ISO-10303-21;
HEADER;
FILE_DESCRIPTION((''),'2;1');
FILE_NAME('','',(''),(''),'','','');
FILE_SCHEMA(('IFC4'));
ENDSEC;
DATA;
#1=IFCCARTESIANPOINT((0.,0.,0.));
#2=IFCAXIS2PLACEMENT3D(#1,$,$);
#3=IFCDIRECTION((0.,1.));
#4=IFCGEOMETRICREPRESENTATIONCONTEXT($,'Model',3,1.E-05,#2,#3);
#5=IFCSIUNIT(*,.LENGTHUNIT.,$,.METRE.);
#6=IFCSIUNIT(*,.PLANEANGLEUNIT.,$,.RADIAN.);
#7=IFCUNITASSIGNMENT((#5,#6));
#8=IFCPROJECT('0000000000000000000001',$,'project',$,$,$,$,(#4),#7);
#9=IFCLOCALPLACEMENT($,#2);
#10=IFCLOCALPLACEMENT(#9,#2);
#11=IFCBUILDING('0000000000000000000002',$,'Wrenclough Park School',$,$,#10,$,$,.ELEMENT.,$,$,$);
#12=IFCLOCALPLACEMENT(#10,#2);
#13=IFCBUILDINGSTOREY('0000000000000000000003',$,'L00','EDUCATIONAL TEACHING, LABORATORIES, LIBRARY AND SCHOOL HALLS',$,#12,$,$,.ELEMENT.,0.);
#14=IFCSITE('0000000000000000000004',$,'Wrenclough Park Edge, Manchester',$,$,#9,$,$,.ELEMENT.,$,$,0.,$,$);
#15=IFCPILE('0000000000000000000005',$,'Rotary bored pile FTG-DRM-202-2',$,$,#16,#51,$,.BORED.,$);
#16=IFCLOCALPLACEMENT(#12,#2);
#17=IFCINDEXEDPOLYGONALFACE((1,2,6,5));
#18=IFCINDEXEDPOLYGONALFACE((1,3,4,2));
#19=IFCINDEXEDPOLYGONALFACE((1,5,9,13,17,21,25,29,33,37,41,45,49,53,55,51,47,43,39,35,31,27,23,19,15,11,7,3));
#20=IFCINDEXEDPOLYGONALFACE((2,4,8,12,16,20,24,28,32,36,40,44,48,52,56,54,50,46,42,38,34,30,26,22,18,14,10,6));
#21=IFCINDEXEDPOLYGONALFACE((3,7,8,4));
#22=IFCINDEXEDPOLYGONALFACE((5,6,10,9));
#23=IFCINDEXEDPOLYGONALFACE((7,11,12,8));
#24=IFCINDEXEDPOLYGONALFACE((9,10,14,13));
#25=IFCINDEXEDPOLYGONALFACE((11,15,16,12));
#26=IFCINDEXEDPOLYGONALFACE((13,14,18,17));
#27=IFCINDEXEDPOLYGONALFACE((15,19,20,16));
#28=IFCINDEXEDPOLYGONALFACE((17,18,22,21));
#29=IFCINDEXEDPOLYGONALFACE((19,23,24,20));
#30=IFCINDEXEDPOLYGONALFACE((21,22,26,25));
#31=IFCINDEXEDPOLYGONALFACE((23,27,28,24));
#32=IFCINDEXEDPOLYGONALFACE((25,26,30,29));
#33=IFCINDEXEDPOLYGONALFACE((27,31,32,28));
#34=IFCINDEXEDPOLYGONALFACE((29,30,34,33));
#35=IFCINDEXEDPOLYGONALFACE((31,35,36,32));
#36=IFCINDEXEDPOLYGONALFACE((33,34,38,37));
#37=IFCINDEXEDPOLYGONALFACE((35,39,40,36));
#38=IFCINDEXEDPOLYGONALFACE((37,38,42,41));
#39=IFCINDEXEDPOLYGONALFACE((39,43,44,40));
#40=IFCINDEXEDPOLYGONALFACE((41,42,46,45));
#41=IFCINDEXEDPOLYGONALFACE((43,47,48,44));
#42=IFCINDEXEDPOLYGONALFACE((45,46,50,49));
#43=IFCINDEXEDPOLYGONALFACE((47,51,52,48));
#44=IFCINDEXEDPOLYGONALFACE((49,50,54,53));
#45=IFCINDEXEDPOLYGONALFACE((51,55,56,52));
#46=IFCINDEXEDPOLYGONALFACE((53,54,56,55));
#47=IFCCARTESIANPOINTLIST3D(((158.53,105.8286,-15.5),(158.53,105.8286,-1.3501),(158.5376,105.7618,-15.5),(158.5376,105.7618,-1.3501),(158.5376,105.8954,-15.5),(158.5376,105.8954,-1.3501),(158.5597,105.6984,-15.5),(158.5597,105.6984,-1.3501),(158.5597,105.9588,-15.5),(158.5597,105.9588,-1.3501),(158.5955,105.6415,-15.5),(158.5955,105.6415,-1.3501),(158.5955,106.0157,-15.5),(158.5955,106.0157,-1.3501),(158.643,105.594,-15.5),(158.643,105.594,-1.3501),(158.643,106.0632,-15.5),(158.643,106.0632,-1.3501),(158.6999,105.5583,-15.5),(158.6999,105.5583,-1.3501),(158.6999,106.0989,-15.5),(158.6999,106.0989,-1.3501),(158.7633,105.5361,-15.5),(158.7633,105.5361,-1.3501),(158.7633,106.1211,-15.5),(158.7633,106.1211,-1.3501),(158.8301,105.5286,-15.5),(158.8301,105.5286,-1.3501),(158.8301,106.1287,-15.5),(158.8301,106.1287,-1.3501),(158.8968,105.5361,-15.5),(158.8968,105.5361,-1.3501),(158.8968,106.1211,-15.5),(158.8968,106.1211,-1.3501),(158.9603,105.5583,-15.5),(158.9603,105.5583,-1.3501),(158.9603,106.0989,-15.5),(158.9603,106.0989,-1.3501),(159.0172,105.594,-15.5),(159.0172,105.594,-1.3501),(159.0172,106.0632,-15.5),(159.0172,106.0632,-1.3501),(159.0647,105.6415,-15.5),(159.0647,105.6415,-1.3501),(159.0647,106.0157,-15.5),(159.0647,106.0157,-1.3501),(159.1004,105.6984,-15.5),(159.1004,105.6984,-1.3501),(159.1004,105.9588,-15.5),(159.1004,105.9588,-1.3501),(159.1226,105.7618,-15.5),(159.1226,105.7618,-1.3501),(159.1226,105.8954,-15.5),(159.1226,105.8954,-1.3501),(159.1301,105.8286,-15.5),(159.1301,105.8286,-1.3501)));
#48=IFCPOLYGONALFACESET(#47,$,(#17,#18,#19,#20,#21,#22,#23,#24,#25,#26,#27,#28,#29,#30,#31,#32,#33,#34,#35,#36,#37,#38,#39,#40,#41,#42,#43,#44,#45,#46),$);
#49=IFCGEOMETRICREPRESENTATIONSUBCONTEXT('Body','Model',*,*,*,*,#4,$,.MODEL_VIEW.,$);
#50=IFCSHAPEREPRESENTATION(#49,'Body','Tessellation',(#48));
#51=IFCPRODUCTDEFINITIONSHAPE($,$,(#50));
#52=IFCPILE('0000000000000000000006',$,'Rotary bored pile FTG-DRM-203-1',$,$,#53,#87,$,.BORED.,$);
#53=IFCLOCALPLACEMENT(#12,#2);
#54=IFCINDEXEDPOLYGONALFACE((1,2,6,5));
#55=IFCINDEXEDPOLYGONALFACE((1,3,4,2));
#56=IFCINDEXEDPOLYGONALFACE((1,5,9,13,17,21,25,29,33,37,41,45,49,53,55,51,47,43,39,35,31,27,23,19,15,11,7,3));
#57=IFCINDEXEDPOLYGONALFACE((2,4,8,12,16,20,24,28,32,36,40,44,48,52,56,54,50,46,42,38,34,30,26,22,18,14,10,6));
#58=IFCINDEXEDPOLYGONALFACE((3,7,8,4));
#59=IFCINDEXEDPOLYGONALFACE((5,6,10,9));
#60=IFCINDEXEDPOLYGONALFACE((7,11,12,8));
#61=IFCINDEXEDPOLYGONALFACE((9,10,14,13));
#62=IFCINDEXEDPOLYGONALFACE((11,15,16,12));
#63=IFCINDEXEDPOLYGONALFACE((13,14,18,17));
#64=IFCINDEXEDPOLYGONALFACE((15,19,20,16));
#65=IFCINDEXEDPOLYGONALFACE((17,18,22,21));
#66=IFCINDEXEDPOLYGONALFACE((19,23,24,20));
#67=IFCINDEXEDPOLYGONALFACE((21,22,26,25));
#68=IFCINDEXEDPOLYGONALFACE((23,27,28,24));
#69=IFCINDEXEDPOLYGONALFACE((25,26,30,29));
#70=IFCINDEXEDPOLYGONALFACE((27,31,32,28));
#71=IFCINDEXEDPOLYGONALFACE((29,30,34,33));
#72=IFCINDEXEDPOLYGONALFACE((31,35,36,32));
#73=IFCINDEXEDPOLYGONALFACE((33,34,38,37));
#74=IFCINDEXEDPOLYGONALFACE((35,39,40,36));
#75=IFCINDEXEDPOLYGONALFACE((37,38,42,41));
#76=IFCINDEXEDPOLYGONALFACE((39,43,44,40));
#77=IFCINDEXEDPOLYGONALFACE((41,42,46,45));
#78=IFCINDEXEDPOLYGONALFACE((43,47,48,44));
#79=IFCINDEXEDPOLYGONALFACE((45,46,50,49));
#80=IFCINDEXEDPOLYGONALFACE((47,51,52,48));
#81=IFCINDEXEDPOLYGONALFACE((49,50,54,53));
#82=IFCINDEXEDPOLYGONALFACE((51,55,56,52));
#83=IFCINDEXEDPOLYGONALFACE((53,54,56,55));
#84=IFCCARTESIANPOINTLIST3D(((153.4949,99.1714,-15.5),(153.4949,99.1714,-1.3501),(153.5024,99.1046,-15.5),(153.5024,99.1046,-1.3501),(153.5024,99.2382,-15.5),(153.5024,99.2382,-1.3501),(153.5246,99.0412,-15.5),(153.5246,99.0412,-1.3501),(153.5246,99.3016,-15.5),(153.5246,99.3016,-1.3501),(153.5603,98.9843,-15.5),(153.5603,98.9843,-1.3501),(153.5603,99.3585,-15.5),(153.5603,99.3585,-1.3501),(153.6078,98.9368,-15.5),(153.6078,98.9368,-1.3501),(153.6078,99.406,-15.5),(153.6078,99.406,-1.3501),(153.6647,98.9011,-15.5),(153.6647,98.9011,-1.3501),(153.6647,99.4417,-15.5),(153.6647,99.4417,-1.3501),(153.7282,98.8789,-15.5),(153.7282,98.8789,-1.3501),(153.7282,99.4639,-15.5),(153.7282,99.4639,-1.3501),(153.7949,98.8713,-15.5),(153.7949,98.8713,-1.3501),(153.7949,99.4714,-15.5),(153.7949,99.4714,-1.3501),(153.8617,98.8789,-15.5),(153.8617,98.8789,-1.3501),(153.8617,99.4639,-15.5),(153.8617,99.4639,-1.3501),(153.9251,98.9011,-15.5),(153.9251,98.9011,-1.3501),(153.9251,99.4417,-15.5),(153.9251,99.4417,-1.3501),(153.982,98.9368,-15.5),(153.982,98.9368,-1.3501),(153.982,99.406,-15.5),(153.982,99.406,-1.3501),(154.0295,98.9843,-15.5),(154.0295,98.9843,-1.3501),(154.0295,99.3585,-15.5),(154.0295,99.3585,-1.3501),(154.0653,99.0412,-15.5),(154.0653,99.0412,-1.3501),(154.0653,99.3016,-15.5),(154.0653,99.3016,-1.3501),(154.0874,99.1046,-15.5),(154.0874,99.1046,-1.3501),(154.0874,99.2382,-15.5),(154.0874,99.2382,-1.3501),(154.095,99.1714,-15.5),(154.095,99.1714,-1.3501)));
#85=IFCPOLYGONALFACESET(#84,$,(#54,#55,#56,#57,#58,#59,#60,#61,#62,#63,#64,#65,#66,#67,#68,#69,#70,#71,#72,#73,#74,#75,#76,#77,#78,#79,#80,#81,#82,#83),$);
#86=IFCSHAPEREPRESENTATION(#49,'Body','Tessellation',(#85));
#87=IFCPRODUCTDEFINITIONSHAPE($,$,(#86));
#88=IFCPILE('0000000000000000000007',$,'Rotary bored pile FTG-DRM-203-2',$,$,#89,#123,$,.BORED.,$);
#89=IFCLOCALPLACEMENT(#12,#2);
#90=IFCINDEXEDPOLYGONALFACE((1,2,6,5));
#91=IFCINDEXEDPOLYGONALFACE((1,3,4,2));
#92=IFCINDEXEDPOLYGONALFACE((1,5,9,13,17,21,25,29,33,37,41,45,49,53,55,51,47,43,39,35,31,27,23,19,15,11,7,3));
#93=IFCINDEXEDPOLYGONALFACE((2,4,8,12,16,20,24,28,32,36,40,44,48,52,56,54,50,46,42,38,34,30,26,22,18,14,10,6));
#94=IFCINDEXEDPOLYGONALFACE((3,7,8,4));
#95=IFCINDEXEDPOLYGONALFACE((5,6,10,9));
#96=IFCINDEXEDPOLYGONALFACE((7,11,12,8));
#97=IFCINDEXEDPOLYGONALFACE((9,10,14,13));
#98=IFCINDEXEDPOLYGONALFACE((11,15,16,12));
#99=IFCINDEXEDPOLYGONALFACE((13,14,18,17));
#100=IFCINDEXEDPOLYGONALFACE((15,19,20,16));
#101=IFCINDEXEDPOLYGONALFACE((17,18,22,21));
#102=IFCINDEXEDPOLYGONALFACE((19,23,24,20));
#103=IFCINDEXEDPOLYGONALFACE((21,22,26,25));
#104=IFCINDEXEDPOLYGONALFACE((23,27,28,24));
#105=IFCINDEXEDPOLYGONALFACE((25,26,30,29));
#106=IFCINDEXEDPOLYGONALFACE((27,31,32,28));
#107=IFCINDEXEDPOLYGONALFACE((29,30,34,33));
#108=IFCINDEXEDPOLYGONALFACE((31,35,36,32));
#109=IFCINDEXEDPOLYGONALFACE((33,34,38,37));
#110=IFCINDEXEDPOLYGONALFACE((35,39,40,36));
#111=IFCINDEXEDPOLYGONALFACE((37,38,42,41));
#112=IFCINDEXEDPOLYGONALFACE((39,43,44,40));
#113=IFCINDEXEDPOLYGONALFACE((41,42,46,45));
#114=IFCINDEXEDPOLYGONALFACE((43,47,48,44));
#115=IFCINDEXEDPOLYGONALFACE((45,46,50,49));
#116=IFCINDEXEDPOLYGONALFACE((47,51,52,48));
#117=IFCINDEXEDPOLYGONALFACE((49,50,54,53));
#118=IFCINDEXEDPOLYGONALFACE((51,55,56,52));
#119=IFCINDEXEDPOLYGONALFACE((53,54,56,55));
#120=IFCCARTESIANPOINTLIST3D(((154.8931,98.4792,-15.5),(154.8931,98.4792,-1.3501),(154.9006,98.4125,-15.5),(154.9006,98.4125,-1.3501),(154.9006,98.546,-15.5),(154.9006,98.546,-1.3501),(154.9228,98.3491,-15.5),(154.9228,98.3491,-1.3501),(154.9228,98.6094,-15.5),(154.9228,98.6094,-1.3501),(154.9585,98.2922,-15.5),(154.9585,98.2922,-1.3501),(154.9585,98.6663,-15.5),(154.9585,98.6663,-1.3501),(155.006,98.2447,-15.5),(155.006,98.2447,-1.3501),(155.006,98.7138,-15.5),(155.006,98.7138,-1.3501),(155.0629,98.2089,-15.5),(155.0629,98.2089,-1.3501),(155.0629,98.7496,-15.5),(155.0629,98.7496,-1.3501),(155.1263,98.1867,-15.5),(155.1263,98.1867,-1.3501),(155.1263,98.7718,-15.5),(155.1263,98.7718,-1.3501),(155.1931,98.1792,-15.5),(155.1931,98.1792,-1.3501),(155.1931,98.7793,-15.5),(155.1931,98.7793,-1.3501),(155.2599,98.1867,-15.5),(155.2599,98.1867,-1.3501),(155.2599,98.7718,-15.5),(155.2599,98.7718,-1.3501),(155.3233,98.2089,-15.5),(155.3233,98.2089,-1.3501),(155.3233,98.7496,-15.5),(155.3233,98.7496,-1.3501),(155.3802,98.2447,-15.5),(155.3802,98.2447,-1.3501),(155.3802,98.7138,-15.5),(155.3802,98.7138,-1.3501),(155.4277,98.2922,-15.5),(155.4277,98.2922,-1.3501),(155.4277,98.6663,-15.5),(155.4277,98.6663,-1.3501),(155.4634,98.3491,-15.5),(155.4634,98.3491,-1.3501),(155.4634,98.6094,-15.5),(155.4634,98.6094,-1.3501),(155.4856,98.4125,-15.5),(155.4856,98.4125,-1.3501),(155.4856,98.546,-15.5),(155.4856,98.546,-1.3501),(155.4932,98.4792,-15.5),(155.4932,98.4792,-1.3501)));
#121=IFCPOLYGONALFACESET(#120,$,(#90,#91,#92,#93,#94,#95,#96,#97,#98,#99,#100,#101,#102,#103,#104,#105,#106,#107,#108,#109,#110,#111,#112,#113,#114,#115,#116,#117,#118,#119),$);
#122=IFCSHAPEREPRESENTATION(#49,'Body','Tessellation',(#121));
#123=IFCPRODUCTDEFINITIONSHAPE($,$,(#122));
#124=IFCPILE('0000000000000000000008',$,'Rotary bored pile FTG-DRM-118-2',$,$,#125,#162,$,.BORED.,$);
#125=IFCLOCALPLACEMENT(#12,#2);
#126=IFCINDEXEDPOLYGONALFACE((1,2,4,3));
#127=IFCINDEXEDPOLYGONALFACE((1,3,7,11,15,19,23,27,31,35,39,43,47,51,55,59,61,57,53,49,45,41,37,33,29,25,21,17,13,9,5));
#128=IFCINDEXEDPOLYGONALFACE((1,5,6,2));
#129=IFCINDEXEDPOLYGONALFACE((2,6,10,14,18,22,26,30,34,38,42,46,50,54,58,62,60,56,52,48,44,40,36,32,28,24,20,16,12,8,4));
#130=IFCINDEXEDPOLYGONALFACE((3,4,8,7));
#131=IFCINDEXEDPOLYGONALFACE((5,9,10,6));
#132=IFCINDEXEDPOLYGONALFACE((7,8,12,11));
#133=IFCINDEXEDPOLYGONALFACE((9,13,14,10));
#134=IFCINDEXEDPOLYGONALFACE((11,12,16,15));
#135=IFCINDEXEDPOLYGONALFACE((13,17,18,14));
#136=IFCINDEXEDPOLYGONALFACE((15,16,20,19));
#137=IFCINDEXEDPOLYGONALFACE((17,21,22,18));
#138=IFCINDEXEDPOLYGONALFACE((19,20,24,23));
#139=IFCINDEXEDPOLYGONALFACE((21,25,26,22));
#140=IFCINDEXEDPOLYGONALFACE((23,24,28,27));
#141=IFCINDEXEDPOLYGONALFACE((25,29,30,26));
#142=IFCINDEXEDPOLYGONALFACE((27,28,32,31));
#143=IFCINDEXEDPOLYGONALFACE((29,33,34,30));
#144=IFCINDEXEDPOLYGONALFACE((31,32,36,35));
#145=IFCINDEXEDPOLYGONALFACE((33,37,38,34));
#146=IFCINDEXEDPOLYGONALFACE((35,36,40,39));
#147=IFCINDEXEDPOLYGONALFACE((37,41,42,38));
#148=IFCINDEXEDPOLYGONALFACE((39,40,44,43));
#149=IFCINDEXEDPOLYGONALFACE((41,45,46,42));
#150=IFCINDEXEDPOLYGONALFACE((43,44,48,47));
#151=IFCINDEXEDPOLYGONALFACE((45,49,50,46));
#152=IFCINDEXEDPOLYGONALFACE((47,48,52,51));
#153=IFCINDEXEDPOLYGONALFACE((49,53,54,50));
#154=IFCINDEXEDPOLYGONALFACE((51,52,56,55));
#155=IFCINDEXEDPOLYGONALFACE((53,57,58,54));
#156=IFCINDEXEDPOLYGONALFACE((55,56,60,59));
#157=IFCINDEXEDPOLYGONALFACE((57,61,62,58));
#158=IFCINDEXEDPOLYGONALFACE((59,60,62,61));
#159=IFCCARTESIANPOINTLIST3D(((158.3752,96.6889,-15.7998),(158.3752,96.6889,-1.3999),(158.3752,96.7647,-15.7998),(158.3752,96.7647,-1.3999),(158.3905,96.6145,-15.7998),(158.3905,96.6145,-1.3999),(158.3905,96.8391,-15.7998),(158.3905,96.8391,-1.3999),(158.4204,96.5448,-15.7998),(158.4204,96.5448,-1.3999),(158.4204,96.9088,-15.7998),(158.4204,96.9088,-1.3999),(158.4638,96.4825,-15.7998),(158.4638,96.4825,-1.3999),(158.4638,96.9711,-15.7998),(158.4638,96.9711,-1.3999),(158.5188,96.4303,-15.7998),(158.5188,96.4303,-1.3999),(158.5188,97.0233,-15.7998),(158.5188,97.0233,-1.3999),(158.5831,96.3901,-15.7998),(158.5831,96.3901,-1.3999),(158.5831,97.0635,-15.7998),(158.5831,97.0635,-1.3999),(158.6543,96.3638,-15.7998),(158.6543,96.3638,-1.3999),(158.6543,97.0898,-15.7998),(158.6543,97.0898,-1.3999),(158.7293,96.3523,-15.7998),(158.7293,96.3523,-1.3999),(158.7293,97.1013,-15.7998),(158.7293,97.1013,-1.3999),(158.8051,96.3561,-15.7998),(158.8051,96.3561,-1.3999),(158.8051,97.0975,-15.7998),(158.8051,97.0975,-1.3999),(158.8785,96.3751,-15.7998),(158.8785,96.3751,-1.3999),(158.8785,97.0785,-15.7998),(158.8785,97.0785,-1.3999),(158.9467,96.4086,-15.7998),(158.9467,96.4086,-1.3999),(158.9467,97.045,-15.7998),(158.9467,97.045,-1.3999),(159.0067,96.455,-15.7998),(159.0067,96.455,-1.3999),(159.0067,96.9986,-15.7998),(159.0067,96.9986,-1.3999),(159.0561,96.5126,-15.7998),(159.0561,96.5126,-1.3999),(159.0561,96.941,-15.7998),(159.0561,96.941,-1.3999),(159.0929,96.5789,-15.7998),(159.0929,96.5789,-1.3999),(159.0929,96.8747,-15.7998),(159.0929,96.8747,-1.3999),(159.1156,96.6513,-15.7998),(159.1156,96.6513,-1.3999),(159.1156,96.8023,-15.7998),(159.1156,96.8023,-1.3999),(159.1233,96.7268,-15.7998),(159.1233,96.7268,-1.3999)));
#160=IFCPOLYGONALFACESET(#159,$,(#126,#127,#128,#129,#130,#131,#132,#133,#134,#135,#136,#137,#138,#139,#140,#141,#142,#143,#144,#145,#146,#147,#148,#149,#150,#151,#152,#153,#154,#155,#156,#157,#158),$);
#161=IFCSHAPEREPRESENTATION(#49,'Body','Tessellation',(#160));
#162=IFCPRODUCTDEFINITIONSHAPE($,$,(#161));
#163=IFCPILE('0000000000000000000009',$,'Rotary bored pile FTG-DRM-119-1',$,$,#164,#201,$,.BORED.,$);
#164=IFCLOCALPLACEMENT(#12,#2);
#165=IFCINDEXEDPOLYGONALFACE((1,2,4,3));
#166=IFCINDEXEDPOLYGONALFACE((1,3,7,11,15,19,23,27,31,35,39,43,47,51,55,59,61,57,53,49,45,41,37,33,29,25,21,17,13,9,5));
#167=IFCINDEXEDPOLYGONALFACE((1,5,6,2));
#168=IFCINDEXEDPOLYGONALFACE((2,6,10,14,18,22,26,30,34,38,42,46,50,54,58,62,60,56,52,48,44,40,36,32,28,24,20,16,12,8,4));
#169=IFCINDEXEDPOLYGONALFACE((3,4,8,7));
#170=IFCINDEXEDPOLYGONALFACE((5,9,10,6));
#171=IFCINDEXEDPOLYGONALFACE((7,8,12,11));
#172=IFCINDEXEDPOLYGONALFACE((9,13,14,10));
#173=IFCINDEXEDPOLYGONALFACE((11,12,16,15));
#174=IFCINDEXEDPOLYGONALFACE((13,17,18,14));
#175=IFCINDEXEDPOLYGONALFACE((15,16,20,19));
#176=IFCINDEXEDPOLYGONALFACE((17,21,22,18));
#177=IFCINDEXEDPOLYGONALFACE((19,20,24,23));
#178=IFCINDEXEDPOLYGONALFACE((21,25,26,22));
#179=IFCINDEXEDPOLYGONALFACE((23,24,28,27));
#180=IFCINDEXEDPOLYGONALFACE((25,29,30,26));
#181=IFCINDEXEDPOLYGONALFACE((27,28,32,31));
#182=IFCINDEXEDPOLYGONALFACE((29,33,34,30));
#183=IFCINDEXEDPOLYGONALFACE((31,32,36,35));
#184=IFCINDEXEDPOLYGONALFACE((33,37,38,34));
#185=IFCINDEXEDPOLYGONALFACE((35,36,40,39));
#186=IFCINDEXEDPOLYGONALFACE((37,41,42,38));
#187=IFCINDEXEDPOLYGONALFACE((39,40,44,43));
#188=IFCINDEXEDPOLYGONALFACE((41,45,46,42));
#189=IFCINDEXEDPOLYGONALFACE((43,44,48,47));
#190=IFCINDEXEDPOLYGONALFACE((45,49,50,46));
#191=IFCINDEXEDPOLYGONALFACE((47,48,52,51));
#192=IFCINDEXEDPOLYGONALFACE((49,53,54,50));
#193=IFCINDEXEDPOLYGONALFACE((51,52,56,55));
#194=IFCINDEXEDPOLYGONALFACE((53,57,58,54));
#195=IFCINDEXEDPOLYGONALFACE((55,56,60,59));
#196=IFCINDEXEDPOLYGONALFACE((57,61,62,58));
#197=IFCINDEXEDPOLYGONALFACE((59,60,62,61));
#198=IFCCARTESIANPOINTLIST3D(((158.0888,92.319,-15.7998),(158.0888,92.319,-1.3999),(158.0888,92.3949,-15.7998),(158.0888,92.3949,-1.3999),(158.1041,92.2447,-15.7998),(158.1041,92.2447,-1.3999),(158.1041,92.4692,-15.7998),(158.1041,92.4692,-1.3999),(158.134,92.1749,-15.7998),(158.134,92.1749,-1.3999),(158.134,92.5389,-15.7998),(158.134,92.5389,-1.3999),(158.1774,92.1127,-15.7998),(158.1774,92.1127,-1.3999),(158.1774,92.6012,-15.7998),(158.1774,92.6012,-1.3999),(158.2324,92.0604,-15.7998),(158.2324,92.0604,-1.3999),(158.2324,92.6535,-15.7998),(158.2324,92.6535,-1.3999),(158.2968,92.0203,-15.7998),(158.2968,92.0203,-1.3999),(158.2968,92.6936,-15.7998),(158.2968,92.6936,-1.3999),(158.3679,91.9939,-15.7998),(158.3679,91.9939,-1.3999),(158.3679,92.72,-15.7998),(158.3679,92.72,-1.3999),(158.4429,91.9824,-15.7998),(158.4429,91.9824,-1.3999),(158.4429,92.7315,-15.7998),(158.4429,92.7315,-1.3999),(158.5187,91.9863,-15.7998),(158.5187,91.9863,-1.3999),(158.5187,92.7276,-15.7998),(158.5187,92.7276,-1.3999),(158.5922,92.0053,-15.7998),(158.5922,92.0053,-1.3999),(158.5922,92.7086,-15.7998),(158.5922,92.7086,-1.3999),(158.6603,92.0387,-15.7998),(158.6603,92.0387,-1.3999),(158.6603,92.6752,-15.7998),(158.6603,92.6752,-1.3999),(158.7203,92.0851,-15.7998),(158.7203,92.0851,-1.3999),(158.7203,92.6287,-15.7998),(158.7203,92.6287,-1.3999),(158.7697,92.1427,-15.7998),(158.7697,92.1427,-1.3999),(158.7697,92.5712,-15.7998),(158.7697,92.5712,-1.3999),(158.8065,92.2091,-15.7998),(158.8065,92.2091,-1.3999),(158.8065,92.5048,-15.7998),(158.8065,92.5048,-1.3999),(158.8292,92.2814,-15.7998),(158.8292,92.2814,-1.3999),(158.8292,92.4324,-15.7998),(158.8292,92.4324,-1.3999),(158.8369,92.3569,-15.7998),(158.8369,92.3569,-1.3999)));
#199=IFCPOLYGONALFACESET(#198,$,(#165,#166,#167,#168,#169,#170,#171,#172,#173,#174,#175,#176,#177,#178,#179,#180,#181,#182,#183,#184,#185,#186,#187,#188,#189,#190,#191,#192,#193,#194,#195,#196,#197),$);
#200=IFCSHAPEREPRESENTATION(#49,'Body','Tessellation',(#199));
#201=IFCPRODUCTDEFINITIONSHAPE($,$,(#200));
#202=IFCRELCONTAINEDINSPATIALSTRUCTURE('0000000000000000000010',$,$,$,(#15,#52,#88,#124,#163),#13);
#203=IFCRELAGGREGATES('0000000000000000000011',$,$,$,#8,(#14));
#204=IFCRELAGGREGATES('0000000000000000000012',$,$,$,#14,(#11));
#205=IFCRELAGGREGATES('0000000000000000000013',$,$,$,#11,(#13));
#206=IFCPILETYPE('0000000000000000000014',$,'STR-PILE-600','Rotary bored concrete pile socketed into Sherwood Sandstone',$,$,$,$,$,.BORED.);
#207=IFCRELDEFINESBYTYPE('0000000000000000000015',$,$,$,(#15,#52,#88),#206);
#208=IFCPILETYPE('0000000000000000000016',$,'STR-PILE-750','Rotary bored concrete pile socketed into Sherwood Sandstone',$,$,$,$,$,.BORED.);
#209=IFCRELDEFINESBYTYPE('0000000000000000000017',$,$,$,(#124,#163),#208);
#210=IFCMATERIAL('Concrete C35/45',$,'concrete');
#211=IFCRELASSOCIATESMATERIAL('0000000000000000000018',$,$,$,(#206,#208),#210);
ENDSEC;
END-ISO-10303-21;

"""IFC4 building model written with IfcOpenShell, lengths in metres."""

from ifc_helpers import new_model, si_unit, direction, frame, origin, origin_2d, place, context, subcontext, project, spatial, circle, extrude, material, material_profile, profile_set, type_object, element, save


model = new_model("IFC4")

# Units and contexts
model_context = context("Model", 3, precision=1e-05, world=origin(), true_north=direction((0.0, 1.0)))
body_context = subcontext(model_context, "Body", "Model", "MODEL_VIEW")
ifc_project = project(units=[si_unit("LENGTHUNIT", "METRE"), si_unit("PLANEANGLEUNIT", "RADIAN")], contexts=[model_context])

# Site, building, storey
site_placement = place(None, origin())
site = spatial("IfcSite", under=ifc_project, at=site_placement, Name="Wrenclough Park Edge, Manchester", CompositionType="ELEMENT", RefElevation=0.0)
building_placement = place(site_placement, origin())
building = spatial("IfcBuilding", under=site, at=building_placement, Name="Wrenclough Park School", CompositionType="ELEMENT")
storey_placement = place(building_placement, origin())
storey = spatial("IfcBuildingStorey", under=building, at=storey_placement, Name="L00", Description="EDUCATIONAL TEACHING, LABORATORIES, LIBRARY AND SCHOOL HALLS", CompositionType="ELEMENT", Elevation=0.0)

# Shared definitions
ifc_material_1 = material(Name="Concrete C35/45", Category="concrete")

# Piles
ifc_material_profile_1 = material_profile(ifc_material_1, circle(Radius=0.3, at=origin_2d()), Name="BORED PILE D600")
ifc_profile_set_1 = profile_set([ifc_material_profile_1], Name="Concrete C35/45")
pile_type_1 = type_object("IfcPileType", Name="STR-PILE-600", Description="Rotary bored concrete pile socketed into Sherwood Sandstone", PredefinedType="BORED", material=ifc_profile_set_1)
for number, where, z_axis, x_axis, name in (
    (1, (158.8301, 105.8286, -1.3501), (0.0, 0.0, -1.0), (1.0, 0.0, 0.0), "Rotary bored pile FTG-DRM-202-2"),
    (2, (153.7949, 99.1714, -1.3501), (0.0, 0.0, -1.0), (1.0, 0.0, 0.0), "Rotary bored pile FTG-DRM-203-1"),
    (3, (155.1931, 98.4792, -1.3501), (0.0, 0.0, -1.0), (1.0, 0.0, 0.0), "Rotary bored pile FTG-DRM-203-2"),
):
    element("IfcPile", number, at=place(storey_placement, frame(where, z_axis=z_axis, x_axis=x_axis)), inside=storey, type_object=pile_type_1, Name=name, PredefinedType="BORED", context=body_context, shape_type="SweptSolid", body=[
        extrude(circle(Radius=0.3, at=origin_2d()), origin(), (0.0, 0.0, 1.0), 14.1499),
    ])
ifc_material_profile_2 = material_profile(ifc_material_1, circle(Radius=0.375, at=origin_2d()), Name="BORED PILE D750")
ifc_profile_set_2 = profile_set([ifc_material_profile_2], Name="Concrete C35/45")
pile_type_2 = type_object("IfcPileType", Name="STR-PILE-750", Description="Rotary bored concrete pile socketed into Sherwood Sandstone", PredefinedType="BORED", material=ifc_profile_set_2)
for number, where, z_axis, x_axis, name in (
    (4, (158.7483, 96.7268, -1.3999), (0.0, 0.0, -1.0), (1.0, 0.0, 0.0), "Rotary bored pile FTG-DRM-118-2"),
    (5, (158.4619, 92.3569, -1.3999), (0.0, 0.0, -1.0), (1.0, 0.0, 0.0), "Rotary bored pile FTG-DRM-119-1"),
):
    element("IfcPile", number, at=place(storey_placement, frame(where, z_axis=z_axis, x_axis=x_axis)), inside=storey, type_object=pile_type_2, Name=name, PredefinedType="BORED", context=body_context, shape_type="SweptSolid", body=[
        extrude(circle(Radius=0.375, at=origin_2d()), origin(), (0.0, 0.0, 1.0), 14.3999),
    ])

save(model, "model.ifc")
